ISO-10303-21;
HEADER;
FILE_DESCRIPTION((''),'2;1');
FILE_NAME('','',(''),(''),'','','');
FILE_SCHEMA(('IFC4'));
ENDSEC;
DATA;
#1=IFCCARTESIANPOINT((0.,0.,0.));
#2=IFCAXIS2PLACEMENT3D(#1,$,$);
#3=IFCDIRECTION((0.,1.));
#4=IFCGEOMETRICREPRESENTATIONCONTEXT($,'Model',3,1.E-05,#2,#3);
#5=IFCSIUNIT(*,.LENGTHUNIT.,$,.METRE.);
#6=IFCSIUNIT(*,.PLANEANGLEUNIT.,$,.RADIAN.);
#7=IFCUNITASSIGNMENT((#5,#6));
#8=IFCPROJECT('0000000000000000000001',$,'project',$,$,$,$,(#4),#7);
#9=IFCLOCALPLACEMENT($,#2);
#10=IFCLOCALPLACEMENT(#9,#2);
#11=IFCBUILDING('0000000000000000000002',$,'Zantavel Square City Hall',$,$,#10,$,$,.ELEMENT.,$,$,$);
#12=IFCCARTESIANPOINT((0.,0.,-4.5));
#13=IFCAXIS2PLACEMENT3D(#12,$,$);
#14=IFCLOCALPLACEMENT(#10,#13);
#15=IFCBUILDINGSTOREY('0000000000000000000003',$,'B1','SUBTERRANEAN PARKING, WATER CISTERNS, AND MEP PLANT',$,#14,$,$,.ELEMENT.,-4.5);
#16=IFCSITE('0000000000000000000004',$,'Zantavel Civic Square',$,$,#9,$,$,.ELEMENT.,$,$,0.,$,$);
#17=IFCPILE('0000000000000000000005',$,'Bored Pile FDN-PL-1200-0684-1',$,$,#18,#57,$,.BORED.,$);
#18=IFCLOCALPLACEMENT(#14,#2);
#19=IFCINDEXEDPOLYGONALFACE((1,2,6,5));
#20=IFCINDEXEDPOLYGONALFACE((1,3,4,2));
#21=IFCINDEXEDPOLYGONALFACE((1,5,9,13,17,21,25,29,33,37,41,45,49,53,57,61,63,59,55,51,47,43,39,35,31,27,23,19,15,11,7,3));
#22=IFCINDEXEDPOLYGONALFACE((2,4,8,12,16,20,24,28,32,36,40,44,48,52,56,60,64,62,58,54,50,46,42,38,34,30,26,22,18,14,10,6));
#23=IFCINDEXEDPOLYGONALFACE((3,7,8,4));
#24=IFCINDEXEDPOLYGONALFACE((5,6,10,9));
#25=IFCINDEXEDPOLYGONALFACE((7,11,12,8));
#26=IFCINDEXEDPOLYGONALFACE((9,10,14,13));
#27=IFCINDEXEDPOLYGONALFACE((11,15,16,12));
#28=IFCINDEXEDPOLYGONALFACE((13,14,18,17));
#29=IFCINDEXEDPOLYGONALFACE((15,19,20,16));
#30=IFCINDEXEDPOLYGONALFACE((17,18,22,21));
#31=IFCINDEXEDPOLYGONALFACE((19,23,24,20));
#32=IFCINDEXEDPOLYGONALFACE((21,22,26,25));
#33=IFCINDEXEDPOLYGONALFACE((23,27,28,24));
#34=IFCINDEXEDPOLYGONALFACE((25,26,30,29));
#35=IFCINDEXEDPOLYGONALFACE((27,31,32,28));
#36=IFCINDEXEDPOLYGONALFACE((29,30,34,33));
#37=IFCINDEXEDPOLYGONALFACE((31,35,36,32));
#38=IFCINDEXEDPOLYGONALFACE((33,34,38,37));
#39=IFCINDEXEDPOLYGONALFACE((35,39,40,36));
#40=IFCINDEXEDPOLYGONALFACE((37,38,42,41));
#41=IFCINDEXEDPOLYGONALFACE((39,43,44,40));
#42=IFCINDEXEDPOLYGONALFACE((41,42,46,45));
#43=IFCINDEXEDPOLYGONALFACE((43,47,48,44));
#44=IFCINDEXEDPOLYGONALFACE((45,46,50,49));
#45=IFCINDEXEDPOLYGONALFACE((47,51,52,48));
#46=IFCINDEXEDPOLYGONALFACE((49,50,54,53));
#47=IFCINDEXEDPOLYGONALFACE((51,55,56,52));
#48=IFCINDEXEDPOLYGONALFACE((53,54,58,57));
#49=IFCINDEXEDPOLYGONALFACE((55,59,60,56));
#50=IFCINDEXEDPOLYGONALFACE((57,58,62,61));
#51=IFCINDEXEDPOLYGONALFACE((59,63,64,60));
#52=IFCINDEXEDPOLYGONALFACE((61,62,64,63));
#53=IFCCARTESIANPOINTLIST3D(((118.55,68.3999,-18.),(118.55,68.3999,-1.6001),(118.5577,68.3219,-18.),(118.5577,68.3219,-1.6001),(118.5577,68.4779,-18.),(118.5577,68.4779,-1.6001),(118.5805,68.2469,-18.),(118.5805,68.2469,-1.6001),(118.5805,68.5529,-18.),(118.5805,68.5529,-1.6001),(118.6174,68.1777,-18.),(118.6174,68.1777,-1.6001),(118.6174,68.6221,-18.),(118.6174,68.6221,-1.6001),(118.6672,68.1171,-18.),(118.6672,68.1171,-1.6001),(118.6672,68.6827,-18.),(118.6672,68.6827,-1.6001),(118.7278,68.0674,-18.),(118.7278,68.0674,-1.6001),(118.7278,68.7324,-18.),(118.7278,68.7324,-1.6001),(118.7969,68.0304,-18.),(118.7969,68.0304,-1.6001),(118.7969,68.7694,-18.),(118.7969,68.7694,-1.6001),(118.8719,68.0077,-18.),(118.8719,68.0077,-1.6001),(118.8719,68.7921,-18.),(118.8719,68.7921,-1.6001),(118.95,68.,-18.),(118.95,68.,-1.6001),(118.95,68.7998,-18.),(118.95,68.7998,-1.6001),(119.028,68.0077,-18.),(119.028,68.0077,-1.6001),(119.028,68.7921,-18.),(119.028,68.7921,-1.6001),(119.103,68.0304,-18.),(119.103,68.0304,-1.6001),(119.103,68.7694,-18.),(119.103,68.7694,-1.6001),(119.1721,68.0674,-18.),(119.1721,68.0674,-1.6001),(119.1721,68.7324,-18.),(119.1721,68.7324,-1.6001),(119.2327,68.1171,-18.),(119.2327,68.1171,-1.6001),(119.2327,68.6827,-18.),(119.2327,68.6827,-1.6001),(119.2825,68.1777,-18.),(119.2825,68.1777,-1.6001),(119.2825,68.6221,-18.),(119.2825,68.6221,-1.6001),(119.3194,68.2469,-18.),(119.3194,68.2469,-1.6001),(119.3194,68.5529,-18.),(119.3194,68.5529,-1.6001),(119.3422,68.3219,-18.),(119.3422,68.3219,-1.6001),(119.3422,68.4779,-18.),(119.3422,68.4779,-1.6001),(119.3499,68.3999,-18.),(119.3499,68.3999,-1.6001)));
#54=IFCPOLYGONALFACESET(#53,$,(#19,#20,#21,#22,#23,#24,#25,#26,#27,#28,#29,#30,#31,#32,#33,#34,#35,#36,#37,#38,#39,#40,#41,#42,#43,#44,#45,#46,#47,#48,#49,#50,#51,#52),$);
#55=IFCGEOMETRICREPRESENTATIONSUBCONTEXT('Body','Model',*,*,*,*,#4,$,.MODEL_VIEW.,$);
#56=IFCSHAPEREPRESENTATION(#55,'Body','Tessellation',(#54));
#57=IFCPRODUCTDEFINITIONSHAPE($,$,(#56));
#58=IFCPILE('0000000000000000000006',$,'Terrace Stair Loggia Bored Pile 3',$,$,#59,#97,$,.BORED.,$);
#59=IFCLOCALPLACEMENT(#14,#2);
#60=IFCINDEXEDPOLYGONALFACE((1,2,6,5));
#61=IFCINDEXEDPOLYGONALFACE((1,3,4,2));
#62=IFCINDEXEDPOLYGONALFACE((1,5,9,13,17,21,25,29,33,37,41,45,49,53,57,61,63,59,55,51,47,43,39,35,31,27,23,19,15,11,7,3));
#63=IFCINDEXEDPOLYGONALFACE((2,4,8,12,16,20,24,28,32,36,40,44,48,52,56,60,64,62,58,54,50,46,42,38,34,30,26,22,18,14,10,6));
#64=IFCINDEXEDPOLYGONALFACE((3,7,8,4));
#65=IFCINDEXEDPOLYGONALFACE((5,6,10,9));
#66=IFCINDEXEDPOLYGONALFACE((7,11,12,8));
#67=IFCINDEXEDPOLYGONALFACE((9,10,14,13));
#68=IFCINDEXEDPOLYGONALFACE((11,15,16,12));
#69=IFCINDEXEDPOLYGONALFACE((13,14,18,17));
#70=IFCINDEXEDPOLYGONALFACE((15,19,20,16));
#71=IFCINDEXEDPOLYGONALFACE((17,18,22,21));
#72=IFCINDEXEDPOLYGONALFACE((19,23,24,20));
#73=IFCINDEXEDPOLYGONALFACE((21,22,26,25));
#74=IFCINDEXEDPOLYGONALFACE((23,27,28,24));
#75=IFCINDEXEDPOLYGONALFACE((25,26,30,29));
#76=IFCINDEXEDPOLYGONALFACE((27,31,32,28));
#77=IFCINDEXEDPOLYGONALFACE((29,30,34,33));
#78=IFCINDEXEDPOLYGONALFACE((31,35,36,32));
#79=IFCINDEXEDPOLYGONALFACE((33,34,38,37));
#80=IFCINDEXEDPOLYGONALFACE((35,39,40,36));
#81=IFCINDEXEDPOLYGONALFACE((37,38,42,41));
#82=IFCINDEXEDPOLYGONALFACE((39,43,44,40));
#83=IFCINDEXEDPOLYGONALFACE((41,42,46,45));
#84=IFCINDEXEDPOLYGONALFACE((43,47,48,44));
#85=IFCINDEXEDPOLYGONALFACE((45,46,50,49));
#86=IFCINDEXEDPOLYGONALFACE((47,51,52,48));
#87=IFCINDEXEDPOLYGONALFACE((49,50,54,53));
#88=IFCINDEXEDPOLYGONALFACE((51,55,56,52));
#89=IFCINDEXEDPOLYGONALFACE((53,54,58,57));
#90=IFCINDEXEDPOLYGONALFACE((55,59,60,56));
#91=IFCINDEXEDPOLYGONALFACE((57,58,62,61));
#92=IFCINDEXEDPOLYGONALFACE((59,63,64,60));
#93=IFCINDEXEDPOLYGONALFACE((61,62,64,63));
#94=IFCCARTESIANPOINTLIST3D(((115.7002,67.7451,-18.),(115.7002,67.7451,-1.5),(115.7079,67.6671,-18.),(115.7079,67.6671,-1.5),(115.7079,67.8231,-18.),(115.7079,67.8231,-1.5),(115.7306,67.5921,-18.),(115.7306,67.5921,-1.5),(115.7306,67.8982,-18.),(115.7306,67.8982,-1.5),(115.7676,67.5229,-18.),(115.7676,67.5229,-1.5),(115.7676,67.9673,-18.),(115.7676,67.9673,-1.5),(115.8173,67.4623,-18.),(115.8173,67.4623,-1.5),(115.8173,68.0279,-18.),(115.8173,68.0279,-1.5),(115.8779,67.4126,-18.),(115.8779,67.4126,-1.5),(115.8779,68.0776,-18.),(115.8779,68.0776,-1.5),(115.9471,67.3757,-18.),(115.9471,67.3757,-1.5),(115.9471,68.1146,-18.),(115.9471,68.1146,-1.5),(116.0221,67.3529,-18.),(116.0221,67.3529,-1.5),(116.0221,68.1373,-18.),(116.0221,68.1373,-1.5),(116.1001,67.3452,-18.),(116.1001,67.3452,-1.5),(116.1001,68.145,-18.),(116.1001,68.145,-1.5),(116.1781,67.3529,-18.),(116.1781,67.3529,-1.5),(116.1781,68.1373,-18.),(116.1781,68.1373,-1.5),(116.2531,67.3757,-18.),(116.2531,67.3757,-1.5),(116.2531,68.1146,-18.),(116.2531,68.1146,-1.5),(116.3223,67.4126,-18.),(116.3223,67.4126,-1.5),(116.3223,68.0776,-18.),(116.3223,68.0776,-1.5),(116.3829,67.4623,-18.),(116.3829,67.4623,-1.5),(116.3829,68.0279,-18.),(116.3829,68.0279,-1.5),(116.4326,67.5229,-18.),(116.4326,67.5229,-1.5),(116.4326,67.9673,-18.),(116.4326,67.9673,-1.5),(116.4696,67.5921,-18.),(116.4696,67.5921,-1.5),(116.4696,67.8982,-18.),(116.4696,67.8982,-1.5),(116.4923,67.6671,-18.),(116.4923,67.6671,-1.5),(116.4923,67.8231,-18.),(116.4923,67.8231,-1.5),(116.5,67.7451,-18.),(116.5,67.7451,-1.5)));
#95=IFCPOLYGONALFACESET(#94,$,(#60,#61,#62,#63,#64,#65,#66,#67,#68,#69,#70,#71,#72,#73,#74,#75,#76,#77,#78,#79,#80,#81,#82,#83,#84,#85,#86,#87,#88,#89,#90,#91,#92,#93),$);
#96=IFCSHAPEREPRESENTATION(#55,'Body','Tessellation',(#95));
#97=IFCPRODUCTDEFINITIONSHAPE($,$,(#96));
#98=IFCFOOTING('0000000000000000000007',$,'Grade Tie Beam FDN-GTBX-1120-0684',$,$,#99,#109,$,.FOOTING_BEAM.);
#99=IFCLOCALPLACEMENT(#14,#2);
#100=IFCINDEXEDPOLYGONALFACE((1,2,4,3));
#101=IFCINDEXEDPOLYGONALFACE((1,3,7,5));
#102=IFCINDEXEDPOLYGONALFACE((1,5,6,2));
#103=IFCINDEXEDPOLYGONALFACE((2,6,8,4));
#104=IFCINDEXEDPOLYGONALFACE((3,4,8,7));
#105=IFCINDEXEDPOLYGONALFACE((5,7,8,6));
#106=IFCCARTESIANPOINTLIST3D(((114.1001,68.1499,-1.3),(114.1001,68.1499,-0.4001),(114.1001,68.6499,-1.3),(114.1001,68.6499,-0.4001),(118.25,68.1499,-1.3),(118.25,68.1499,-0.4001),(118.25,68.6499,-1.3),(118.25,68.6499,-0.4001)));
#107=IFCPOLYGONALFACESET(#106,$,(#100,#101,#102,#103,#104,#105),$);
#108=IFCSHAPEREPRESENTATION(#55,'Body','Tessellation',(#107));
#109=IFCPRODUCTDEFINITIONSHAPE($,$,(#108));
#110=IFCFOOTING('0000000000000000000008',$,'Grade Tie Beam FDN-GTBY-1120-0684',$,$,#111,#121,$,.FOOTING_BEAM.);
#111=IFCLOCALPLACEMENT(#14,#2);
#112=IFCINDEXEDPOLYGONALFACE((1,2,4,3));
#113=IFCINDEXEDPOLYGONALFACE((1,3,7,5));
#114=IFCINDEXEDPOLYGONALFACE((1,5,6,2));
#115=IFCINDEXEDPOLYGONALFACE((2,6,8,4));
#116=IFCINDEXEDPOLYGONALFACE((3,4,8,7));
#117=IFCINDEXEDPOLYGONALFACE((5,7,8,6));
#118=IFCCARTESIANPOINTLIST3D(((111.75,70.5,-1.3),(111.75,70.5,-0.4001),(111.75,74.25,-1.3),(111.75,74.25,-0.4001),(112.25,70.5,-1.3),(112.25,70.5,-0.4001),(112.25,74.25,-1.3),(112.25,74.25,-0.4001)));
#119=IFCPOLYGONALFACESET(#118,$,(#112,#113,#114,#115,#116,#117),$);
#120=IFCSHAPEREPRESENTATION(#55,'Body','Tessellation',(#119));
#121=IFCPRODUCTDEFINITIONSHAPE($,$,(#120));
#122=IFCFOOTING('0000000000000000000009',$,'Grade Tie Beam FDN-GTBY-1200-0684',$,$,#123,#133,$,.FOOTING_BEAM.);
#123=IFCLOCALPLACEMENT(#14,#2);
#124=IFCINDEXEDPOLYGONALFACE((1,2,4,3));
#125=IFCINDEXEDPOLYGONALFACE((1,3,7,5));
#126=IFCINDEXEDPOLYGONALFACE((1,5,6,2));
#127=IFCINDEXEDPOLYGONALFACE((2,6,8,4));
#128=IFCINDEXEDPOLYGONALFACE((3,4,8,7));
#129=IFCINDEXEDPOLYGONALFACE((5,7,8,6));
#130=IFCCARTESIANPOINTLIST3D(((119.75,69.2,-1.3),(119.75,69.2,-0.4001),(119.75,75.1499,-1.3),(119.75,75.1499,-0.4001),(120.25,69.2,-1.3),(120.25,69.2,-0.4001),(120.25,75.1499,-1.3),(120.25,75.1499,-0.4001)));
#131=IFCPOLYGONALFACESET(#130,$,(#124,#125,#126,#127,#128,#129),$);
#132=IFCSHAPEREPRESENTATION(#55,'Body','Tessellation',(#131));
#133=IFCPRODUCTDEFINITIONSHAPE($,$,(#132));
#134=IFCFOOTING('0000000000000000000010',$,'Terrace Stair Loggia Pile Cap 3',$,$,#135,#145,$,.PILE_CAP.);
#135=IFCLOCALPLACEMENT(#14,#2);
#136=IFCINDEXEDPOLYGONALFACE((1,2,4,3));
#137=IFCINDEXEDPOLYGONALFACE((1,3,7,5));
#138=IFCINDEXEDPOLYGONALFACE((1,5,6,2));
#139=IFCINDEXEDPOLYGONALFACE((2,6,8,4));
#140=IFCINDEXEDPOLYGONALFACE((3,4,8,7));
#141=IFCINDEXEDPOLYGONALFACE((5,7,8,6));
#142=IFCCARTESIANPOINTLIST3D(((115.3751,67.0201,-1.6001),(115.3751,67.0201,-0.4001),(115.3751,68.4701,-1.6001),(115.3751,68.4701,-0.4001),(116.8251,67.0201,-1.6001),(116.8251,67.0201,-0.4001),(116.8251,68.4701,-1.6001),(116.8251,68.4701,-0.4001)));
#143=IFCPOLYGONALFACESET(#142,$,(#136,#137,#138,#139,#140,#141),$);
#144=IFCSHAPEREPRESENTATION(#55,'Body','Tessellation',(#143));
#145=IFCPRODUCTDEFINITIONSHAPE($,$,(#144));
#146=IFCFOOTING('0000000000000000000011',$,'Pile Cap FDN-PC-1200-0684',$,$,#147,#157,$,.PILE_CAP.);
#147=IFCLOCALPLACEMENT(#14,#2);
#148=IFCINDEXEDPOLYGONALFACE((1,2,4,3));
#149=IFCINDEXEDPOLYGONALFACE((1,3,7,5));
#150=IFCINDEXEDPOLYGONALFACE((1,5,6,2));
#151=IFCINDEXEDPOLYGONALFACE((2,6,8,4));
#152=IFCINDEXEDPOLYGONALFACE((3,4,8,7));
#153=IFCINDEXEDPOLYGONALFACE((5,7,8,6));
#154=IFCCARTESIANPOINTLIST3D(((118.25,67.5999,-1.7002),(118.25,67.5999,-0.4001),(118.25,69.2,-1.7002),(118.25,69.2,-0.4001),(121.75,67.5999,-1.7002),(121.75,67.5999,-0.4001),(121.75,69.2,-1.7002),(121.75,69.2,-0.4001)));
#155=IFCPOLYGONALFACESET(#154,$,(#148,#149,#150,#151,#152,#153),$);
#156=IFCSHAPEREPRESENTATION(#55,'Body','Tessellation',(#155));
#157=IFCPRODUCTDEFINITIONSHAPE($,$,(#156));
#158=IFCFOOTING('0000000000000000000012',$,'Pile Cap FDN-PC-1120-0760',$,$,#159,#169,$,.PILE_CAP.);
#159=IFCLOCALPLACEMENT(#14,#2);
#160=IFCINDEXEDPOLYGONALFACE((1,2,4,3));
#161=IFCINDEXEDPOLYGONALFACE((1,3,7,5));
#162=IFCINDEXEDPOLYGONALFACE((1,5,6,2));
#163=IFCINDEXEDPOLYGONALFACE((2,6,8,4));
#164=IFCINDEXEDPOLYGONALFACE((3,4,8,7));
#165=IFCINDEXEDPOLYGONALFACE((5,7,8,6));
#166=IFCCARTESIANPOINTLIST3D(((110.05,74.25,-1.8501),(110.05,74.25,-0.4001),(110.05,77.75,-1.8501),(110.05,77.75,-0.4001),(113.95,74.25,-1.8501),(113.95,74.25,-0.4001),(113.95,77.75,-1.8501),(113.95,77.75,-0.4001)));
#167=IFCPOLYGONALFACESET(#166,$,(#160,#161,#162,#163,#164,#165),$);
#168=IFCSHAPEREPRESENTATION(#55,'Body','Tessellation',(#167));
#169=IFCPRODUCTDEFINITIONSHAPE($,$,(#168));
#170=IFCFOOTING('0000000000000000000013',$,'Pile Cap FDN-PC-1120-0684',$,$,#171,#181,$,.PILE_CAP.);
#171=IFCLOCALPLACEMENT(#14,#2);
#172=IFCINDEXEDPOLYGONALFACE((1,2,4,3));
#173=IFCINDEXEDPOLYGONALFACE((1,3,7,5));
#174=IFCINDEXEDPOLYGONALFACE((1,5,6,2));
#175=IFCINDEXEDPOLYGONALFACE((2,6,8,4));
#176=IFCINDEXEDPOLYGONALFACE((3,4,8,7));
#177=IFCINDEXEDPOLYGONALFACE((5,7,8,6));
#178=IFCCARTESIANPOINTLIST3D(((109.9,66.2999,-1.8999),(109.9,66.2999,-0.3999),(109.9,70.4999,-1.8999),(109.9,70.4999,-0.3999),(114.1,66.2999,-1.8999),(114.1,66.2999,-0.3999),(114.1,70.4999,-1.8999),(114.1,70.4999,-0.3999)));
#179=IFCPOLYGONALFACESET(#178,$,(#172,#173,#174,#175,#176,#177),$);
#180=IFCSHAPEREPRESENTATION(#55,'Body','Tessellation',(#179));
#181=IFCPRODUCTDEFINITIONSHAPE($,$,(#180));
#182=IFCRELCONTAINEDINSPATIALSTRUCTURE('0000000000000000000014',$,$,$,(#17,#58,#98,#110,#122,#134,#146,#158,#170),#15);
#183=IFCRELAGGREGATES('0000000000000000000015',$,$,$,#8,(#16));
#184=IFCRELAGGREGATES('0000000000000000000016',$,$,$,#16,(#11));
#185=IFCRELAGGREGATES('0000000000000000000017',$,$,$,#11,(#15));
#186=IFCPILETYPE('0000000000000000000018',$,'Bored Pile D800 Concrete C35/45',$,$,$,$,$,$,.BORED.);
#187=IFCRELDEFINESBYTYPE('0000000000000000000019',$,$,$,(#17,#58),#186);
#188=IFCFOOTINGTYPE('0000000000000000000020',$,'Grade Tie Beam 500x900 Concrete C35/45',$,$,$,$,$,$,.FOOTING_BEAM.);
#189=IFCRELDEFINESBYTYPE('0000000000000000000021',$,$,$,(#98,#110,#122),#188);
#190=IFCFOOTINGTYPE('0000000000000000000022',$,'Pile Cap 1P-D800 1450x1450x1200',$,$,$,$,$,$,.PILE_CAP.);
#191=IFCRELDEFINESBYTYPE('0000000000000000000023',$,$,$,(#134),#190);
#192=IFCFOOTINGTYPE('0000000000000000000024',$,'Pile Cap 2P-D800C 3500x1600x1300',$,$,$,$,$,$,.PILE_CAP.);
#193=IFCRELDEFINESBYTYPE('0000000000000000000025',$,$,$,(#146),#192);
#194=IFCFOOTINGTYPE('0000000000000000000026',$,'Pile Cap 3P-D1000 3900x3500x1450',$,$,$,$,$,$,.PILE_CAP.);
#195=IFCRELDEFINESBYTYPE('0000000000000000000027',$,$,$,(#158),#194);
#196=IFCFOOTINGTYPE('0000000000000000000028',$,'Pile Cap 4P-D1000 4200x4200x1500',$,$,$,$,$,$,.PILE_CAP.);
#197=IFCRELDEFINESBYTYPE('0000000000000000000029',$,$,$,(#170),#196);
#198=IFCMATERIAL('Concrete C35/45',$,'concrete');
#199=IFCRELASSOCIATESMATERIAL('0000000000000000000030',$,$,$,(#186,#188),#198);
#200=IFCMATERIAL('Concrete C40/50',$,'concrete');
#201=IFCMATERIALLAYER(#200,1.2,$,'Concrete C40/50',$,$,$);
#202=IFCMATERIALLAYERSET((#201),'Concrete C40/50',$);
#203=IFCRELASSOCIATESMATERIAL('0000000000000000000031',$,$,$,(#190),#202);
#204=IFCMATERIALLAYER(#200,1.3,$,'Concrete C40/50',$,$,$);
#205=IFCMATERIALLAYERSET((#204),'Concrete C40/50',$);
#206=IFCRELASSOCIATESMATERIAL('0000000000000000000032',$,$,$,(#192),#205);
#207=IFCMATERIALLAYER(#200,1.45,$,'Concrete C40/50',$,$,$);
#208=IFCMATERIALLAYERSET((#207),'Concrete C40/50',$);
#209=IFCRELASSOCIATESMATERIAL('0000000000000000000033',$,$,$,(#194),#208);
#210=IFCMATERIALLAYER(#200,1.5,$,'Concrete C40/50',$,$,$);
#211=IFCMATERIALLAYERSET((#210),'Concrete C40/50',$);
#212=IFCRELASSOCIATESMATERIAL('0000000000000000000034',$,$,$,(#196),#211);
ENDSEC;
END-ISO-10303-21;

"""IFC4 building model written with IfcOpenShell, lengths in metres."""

from ifc_helpers import new_model, si_unit, direction, frame, origin, origin_2d, place, context, subcontext, project, spatial, rectangle, circle, extrude, material, layer, layer_set, material_profile, profile_set, type_object, element, save


model = new_model("IFC4")

# Units and contexts
model_context = context("Model", 3, precision=1e-05, world=origin(), true_north=direction((0.0, 1.0)))
body_context = subcontext(model_context, "Body", "Model", "MODEL_VIEW")
ifc_project = project(units=[si_unit("LENGTHUNIT", "METRE"), si_unit("PLANEANGLEUNIT", "RADIAN")], contexts=[model_context])

# Site, building, storey
site_placement = place(None, origin())
site = spatial("IfcSite", under=ifc_project, at=site_placement, Name="Zantavel Civic Square", CompositionType="ELEMENT", RefElevation=0.0)
building_placement = place(site_placement, origin())
building = spatial("IfcBuilding", under=site, at=building_placement, Name="Zantavel Square City Hall", CompositionType="ELEMENT")
storey_placement = place(building_placement, frame((0.0, 0.0, -4.5)))
storey = spatial("IfcBuildingStorey", under=building, at=storey_placement, Name="B1", Description="SUBTERRANEAN PARKING, WATER CISTERNS, AND MEP PLANT", CompositionType="ELEMENT", Elevation=-4.5)

# Piles
ifc_material_1 = material(Name="Concrete C35/45", Category="concrete")
ifc_material_profile_1 = material_profile(ifc_material_1, circle(Radius=0.3999, at=origin_2d()), Name="PILE D800")
ifc_profile_set_1 = profile_set([ifc_material_profile_1], Name="Concrete C35/45")
pile_type_1 = type_object("IfcPileType", Name="Bored Pile D800 Concrete C35/45", PredefinedType="BORED", material=ifc_profile_set_1)
pile_1_placement = place(storey_placement, frame((118.95, 68.3999, -1.6001), z_axis=(0.0, 0.0, -1.0), x_axis=(1.0, 0.0, 0.0)))
element("IfcPile", 1, at=pile_1_placement, inside=storey, type_object=pile_type_1, Name="Bored Pile FDN-PL-1200-0684-1", PredefinedType="BORED", context=body_context, shape_type="SweptSolid", body=[
    extrude(circle(Radius=0.3999, at=origin_2d()), origin(), (0.0, 0.0, 1.0), 16.3999),
])
pile_2_placement = place(storey_placement, frame((116.1001, 67.7451, -1.5), z_axis=(0.0, 0.0, -1.0), x_axis=(1.0, 0.0, 0.0)))
element("IfcPile", 2, at=pile_2_placement, inside=storey, type_object=pile_type_1, Name="Terrace Stair Loggia Bored Pile 3", PredefinedType="BORED", context=body_context, shape_type="SweptSolid", body=[
    extrude(circle(Radius=0.3999, at=origin_2d()), origin(), (0.0, 0.0, 1.0), 16.5),
])

# Footings
ifc_material_profile_2 = material_profile(ifc_material_1, rectangle(XDim=0.5, YDim=0.8999, at=origin_2d()), Name="RC 500x900")
ifc_profile_set_2 = profile_set([ifc_material_profile_2], Name="Concrete C35/45")
footing_type_1 = type_object("IfcFootingType", Name="Grade Tie Beam 500x900 Concrete C35/45", PredefinedType="FOOTING_BEAM", material=ifc_profile_set_2)
footing_1_placement = place(storey_placement, frame((114.1001, 68.3999, -0.8501), z_axis=(1.0, 0.0, 0.0), x_axis=(0.0, 1.0, 0.0)))
element("IfcFooting", 3, at=footing_1_placement, inside=storey, type_object=footing_type_1, Name="Grade Tie Beam FDN-GTBX-1120-0684", PredefinedType="FOOTING_BEAM", context=body_context, shape_type="SweptSolid", body=[
    extrude(rectangle(XDim=0.5, YDim=0.8999, at=origin_2d()), origin(), (0.0, 0.0, 1.0), 4.1499),
])
footing_2_placement = place(storey_placement, frame((112.0, 70.5, -0.8501), z_axis=(0.0, 1.0, 0.0), x_axis=(-1.0, 0.0, 0.0)))
element("IfcFooting", 4, at=footing_2_placement, inside=storey, type_object=footing_type_1, Name="Grade Tie Beam FDN-GTBY-1120-0684", PredefinedType="FOOTING_BEAM", context=body_context, shape_type="SweptSolid", body=[
    extrude(rectangle(XDim=0.5, YDim=0.8999, at=origin_2d()), origin(), (0.0, 0.0, 1.0), 3.75),
])
footing_3_placement = place(storey_placement, frame((120.0, 69.2, -0.8501), z_axis=(0.0, 1.0, 0.0), x_axis=(-1.0, 0.0, 0.0)))
element("IfcFooting", 5, at=footing_3_placement, inside=storey, type_object=footing_type_1, Name="Grade Tie Beam FDN-GTBY-1200-0684", PredefinedType="FOOTING_BEAM", context=body_context, shape_type="SweptSolid", body=[
    extrude(rectangle(XDim=0.5, YDim=0.8999, at=origin_2d()), origin(), (0.0, 0.0, 1.0), 5.95),
])
ifc_material_2 = material(Name="Concrete C40/50", Category="concrete")
ifc_layer_1 = layer(ifc_material_2, 1.2, Name="Concrete C40/50")
ifc_layer_set_1 = layer_set([ifc_layer_1], Name="Concrete C40/50")
footing_type_2 = type_object("IfcFootingType", Name="Pile Cap 1P-D800 1450x1450x1200", PredefinedType="PILE_CAP", material=ifc_layer_set_1)
footing_4_placement = place(storey_placement, frame((116.1001, 67.7451, -1.6001), z_axis=(0.0, 0.0, 1.0), x_axis=(1.0, 0.0, 0.0)))
element("IfcFooting", 6, at=footing_4_placement, inside=storey, type_object=footing_type_2, Name="Terrace Stair Loggia Pile Cap 3", PredefinedType="PILE_CAP", context=body_context, shape_type="SweptSolid", body=[
    extrude(rectangle(XDim=1.45, YDim=1.45, at=origin_2d()), origin(), (0.0, 0.0, 1.0), 1.2),
])
ifc_layer_2 = layer(ifc_material_2, 1.3, Name="Concrete C40/50")
ifc_layer_set_2 = layer_set([ifc_layer_2], Name="Concrete C40/50")
footing_type_3 = type_object("IfcFootingType", Name="Pile Cap 2P-D800C 3500x1600x1300", PredefinedType="PILE_CAP", material=ifc_layer_set_2)
footing_5_placement = place(storey_placement, frame((120.0, 68.3999, -1.7002), z_axis=(0.0, 0.0, 1.0), x_axis=(1.0, 0.0, 0.0)))
element("IfcFooting", 7, at=footing_5_placement, inside=storey, type_object=footing_type_3, Name="Pile Cap FDN-PC-1200-0684", PredefinedType="PILE_CAP", context=body_context, shape_type="SweptSolid", body=[
    extrude(rectangle(XDim=3.5, YDim=1.6001, at=origin_2d()), origin(), (0.0, 0.0, 1.0), 1.3),
])
ifc_layer_3 = layer(ifc_material_2, 1.45, Name="Concrete C40/50")
ifc_layer_set_3 = layer_set([ifc_layer_3], Name="Concrete C40/50")
footing_type_4 = type_object("IfcFootingType", Name="Pile Cap 3P-D1000 3900x3500x1450", PredefinedType="PILE_CAP", material=ifc_layer_set_3)
footing_6_placement = place(storey_placement, frame((112.0, 76.0, -1.8501), z_axis=(0.0, 0.0, 1.0), x_axis=(1.0, 0.0, 0.0)))
element("IfcFooting", 8, at=footing_6_placement, inside=storey, type_object=footing_type_4, Name="Pile Cap FDN-PC-1120-0760", PredefinedType="PILE_CAP", context=body_context, shape_type="SweptSolid", body=[
    extrude(rectangle(XDim=3.8999, YDim=3.5, at=origin_2d()), origin(), (0.0, 0.0, 1.0), 1.45),
])
ifc_layer_4 = layer(ifc_material_2, 1.5, Name="Concrete C40/50")
ifc_layer_set_4 = layer_set([ifc_layer_4], Name="Concrete C40/50")
footing_type_5 = type_object("IfcFootingType", Name="Pile Cap 4P-D1000 4200x4200x1500", PredefinedType="PILE_CAP", material=ifc_layer_set_4)
footing_7_placement = place(storey_placement, frame((112.0, 68.3999, -1.8999), z_axis=(0.0, 0.0, 1.0), x_axis=(1.0, 0.0, 0.0)))
element("IfcFooting", 9, at=footing_7_placement, inside=storey, type_object=footing_type_5, Name="Pile Cap FDN-PC-1120-0684", PredefinedType="PILE_CAP", context=body_context, shape_type="SweptSolid", body=[
    extrude(rectangle(XDim=4.2, YDim=4.2, at=origin_2d()), origin(), (0.0, 0.0, 1.0), 1.5),
])

save(model, "model.ifc")
